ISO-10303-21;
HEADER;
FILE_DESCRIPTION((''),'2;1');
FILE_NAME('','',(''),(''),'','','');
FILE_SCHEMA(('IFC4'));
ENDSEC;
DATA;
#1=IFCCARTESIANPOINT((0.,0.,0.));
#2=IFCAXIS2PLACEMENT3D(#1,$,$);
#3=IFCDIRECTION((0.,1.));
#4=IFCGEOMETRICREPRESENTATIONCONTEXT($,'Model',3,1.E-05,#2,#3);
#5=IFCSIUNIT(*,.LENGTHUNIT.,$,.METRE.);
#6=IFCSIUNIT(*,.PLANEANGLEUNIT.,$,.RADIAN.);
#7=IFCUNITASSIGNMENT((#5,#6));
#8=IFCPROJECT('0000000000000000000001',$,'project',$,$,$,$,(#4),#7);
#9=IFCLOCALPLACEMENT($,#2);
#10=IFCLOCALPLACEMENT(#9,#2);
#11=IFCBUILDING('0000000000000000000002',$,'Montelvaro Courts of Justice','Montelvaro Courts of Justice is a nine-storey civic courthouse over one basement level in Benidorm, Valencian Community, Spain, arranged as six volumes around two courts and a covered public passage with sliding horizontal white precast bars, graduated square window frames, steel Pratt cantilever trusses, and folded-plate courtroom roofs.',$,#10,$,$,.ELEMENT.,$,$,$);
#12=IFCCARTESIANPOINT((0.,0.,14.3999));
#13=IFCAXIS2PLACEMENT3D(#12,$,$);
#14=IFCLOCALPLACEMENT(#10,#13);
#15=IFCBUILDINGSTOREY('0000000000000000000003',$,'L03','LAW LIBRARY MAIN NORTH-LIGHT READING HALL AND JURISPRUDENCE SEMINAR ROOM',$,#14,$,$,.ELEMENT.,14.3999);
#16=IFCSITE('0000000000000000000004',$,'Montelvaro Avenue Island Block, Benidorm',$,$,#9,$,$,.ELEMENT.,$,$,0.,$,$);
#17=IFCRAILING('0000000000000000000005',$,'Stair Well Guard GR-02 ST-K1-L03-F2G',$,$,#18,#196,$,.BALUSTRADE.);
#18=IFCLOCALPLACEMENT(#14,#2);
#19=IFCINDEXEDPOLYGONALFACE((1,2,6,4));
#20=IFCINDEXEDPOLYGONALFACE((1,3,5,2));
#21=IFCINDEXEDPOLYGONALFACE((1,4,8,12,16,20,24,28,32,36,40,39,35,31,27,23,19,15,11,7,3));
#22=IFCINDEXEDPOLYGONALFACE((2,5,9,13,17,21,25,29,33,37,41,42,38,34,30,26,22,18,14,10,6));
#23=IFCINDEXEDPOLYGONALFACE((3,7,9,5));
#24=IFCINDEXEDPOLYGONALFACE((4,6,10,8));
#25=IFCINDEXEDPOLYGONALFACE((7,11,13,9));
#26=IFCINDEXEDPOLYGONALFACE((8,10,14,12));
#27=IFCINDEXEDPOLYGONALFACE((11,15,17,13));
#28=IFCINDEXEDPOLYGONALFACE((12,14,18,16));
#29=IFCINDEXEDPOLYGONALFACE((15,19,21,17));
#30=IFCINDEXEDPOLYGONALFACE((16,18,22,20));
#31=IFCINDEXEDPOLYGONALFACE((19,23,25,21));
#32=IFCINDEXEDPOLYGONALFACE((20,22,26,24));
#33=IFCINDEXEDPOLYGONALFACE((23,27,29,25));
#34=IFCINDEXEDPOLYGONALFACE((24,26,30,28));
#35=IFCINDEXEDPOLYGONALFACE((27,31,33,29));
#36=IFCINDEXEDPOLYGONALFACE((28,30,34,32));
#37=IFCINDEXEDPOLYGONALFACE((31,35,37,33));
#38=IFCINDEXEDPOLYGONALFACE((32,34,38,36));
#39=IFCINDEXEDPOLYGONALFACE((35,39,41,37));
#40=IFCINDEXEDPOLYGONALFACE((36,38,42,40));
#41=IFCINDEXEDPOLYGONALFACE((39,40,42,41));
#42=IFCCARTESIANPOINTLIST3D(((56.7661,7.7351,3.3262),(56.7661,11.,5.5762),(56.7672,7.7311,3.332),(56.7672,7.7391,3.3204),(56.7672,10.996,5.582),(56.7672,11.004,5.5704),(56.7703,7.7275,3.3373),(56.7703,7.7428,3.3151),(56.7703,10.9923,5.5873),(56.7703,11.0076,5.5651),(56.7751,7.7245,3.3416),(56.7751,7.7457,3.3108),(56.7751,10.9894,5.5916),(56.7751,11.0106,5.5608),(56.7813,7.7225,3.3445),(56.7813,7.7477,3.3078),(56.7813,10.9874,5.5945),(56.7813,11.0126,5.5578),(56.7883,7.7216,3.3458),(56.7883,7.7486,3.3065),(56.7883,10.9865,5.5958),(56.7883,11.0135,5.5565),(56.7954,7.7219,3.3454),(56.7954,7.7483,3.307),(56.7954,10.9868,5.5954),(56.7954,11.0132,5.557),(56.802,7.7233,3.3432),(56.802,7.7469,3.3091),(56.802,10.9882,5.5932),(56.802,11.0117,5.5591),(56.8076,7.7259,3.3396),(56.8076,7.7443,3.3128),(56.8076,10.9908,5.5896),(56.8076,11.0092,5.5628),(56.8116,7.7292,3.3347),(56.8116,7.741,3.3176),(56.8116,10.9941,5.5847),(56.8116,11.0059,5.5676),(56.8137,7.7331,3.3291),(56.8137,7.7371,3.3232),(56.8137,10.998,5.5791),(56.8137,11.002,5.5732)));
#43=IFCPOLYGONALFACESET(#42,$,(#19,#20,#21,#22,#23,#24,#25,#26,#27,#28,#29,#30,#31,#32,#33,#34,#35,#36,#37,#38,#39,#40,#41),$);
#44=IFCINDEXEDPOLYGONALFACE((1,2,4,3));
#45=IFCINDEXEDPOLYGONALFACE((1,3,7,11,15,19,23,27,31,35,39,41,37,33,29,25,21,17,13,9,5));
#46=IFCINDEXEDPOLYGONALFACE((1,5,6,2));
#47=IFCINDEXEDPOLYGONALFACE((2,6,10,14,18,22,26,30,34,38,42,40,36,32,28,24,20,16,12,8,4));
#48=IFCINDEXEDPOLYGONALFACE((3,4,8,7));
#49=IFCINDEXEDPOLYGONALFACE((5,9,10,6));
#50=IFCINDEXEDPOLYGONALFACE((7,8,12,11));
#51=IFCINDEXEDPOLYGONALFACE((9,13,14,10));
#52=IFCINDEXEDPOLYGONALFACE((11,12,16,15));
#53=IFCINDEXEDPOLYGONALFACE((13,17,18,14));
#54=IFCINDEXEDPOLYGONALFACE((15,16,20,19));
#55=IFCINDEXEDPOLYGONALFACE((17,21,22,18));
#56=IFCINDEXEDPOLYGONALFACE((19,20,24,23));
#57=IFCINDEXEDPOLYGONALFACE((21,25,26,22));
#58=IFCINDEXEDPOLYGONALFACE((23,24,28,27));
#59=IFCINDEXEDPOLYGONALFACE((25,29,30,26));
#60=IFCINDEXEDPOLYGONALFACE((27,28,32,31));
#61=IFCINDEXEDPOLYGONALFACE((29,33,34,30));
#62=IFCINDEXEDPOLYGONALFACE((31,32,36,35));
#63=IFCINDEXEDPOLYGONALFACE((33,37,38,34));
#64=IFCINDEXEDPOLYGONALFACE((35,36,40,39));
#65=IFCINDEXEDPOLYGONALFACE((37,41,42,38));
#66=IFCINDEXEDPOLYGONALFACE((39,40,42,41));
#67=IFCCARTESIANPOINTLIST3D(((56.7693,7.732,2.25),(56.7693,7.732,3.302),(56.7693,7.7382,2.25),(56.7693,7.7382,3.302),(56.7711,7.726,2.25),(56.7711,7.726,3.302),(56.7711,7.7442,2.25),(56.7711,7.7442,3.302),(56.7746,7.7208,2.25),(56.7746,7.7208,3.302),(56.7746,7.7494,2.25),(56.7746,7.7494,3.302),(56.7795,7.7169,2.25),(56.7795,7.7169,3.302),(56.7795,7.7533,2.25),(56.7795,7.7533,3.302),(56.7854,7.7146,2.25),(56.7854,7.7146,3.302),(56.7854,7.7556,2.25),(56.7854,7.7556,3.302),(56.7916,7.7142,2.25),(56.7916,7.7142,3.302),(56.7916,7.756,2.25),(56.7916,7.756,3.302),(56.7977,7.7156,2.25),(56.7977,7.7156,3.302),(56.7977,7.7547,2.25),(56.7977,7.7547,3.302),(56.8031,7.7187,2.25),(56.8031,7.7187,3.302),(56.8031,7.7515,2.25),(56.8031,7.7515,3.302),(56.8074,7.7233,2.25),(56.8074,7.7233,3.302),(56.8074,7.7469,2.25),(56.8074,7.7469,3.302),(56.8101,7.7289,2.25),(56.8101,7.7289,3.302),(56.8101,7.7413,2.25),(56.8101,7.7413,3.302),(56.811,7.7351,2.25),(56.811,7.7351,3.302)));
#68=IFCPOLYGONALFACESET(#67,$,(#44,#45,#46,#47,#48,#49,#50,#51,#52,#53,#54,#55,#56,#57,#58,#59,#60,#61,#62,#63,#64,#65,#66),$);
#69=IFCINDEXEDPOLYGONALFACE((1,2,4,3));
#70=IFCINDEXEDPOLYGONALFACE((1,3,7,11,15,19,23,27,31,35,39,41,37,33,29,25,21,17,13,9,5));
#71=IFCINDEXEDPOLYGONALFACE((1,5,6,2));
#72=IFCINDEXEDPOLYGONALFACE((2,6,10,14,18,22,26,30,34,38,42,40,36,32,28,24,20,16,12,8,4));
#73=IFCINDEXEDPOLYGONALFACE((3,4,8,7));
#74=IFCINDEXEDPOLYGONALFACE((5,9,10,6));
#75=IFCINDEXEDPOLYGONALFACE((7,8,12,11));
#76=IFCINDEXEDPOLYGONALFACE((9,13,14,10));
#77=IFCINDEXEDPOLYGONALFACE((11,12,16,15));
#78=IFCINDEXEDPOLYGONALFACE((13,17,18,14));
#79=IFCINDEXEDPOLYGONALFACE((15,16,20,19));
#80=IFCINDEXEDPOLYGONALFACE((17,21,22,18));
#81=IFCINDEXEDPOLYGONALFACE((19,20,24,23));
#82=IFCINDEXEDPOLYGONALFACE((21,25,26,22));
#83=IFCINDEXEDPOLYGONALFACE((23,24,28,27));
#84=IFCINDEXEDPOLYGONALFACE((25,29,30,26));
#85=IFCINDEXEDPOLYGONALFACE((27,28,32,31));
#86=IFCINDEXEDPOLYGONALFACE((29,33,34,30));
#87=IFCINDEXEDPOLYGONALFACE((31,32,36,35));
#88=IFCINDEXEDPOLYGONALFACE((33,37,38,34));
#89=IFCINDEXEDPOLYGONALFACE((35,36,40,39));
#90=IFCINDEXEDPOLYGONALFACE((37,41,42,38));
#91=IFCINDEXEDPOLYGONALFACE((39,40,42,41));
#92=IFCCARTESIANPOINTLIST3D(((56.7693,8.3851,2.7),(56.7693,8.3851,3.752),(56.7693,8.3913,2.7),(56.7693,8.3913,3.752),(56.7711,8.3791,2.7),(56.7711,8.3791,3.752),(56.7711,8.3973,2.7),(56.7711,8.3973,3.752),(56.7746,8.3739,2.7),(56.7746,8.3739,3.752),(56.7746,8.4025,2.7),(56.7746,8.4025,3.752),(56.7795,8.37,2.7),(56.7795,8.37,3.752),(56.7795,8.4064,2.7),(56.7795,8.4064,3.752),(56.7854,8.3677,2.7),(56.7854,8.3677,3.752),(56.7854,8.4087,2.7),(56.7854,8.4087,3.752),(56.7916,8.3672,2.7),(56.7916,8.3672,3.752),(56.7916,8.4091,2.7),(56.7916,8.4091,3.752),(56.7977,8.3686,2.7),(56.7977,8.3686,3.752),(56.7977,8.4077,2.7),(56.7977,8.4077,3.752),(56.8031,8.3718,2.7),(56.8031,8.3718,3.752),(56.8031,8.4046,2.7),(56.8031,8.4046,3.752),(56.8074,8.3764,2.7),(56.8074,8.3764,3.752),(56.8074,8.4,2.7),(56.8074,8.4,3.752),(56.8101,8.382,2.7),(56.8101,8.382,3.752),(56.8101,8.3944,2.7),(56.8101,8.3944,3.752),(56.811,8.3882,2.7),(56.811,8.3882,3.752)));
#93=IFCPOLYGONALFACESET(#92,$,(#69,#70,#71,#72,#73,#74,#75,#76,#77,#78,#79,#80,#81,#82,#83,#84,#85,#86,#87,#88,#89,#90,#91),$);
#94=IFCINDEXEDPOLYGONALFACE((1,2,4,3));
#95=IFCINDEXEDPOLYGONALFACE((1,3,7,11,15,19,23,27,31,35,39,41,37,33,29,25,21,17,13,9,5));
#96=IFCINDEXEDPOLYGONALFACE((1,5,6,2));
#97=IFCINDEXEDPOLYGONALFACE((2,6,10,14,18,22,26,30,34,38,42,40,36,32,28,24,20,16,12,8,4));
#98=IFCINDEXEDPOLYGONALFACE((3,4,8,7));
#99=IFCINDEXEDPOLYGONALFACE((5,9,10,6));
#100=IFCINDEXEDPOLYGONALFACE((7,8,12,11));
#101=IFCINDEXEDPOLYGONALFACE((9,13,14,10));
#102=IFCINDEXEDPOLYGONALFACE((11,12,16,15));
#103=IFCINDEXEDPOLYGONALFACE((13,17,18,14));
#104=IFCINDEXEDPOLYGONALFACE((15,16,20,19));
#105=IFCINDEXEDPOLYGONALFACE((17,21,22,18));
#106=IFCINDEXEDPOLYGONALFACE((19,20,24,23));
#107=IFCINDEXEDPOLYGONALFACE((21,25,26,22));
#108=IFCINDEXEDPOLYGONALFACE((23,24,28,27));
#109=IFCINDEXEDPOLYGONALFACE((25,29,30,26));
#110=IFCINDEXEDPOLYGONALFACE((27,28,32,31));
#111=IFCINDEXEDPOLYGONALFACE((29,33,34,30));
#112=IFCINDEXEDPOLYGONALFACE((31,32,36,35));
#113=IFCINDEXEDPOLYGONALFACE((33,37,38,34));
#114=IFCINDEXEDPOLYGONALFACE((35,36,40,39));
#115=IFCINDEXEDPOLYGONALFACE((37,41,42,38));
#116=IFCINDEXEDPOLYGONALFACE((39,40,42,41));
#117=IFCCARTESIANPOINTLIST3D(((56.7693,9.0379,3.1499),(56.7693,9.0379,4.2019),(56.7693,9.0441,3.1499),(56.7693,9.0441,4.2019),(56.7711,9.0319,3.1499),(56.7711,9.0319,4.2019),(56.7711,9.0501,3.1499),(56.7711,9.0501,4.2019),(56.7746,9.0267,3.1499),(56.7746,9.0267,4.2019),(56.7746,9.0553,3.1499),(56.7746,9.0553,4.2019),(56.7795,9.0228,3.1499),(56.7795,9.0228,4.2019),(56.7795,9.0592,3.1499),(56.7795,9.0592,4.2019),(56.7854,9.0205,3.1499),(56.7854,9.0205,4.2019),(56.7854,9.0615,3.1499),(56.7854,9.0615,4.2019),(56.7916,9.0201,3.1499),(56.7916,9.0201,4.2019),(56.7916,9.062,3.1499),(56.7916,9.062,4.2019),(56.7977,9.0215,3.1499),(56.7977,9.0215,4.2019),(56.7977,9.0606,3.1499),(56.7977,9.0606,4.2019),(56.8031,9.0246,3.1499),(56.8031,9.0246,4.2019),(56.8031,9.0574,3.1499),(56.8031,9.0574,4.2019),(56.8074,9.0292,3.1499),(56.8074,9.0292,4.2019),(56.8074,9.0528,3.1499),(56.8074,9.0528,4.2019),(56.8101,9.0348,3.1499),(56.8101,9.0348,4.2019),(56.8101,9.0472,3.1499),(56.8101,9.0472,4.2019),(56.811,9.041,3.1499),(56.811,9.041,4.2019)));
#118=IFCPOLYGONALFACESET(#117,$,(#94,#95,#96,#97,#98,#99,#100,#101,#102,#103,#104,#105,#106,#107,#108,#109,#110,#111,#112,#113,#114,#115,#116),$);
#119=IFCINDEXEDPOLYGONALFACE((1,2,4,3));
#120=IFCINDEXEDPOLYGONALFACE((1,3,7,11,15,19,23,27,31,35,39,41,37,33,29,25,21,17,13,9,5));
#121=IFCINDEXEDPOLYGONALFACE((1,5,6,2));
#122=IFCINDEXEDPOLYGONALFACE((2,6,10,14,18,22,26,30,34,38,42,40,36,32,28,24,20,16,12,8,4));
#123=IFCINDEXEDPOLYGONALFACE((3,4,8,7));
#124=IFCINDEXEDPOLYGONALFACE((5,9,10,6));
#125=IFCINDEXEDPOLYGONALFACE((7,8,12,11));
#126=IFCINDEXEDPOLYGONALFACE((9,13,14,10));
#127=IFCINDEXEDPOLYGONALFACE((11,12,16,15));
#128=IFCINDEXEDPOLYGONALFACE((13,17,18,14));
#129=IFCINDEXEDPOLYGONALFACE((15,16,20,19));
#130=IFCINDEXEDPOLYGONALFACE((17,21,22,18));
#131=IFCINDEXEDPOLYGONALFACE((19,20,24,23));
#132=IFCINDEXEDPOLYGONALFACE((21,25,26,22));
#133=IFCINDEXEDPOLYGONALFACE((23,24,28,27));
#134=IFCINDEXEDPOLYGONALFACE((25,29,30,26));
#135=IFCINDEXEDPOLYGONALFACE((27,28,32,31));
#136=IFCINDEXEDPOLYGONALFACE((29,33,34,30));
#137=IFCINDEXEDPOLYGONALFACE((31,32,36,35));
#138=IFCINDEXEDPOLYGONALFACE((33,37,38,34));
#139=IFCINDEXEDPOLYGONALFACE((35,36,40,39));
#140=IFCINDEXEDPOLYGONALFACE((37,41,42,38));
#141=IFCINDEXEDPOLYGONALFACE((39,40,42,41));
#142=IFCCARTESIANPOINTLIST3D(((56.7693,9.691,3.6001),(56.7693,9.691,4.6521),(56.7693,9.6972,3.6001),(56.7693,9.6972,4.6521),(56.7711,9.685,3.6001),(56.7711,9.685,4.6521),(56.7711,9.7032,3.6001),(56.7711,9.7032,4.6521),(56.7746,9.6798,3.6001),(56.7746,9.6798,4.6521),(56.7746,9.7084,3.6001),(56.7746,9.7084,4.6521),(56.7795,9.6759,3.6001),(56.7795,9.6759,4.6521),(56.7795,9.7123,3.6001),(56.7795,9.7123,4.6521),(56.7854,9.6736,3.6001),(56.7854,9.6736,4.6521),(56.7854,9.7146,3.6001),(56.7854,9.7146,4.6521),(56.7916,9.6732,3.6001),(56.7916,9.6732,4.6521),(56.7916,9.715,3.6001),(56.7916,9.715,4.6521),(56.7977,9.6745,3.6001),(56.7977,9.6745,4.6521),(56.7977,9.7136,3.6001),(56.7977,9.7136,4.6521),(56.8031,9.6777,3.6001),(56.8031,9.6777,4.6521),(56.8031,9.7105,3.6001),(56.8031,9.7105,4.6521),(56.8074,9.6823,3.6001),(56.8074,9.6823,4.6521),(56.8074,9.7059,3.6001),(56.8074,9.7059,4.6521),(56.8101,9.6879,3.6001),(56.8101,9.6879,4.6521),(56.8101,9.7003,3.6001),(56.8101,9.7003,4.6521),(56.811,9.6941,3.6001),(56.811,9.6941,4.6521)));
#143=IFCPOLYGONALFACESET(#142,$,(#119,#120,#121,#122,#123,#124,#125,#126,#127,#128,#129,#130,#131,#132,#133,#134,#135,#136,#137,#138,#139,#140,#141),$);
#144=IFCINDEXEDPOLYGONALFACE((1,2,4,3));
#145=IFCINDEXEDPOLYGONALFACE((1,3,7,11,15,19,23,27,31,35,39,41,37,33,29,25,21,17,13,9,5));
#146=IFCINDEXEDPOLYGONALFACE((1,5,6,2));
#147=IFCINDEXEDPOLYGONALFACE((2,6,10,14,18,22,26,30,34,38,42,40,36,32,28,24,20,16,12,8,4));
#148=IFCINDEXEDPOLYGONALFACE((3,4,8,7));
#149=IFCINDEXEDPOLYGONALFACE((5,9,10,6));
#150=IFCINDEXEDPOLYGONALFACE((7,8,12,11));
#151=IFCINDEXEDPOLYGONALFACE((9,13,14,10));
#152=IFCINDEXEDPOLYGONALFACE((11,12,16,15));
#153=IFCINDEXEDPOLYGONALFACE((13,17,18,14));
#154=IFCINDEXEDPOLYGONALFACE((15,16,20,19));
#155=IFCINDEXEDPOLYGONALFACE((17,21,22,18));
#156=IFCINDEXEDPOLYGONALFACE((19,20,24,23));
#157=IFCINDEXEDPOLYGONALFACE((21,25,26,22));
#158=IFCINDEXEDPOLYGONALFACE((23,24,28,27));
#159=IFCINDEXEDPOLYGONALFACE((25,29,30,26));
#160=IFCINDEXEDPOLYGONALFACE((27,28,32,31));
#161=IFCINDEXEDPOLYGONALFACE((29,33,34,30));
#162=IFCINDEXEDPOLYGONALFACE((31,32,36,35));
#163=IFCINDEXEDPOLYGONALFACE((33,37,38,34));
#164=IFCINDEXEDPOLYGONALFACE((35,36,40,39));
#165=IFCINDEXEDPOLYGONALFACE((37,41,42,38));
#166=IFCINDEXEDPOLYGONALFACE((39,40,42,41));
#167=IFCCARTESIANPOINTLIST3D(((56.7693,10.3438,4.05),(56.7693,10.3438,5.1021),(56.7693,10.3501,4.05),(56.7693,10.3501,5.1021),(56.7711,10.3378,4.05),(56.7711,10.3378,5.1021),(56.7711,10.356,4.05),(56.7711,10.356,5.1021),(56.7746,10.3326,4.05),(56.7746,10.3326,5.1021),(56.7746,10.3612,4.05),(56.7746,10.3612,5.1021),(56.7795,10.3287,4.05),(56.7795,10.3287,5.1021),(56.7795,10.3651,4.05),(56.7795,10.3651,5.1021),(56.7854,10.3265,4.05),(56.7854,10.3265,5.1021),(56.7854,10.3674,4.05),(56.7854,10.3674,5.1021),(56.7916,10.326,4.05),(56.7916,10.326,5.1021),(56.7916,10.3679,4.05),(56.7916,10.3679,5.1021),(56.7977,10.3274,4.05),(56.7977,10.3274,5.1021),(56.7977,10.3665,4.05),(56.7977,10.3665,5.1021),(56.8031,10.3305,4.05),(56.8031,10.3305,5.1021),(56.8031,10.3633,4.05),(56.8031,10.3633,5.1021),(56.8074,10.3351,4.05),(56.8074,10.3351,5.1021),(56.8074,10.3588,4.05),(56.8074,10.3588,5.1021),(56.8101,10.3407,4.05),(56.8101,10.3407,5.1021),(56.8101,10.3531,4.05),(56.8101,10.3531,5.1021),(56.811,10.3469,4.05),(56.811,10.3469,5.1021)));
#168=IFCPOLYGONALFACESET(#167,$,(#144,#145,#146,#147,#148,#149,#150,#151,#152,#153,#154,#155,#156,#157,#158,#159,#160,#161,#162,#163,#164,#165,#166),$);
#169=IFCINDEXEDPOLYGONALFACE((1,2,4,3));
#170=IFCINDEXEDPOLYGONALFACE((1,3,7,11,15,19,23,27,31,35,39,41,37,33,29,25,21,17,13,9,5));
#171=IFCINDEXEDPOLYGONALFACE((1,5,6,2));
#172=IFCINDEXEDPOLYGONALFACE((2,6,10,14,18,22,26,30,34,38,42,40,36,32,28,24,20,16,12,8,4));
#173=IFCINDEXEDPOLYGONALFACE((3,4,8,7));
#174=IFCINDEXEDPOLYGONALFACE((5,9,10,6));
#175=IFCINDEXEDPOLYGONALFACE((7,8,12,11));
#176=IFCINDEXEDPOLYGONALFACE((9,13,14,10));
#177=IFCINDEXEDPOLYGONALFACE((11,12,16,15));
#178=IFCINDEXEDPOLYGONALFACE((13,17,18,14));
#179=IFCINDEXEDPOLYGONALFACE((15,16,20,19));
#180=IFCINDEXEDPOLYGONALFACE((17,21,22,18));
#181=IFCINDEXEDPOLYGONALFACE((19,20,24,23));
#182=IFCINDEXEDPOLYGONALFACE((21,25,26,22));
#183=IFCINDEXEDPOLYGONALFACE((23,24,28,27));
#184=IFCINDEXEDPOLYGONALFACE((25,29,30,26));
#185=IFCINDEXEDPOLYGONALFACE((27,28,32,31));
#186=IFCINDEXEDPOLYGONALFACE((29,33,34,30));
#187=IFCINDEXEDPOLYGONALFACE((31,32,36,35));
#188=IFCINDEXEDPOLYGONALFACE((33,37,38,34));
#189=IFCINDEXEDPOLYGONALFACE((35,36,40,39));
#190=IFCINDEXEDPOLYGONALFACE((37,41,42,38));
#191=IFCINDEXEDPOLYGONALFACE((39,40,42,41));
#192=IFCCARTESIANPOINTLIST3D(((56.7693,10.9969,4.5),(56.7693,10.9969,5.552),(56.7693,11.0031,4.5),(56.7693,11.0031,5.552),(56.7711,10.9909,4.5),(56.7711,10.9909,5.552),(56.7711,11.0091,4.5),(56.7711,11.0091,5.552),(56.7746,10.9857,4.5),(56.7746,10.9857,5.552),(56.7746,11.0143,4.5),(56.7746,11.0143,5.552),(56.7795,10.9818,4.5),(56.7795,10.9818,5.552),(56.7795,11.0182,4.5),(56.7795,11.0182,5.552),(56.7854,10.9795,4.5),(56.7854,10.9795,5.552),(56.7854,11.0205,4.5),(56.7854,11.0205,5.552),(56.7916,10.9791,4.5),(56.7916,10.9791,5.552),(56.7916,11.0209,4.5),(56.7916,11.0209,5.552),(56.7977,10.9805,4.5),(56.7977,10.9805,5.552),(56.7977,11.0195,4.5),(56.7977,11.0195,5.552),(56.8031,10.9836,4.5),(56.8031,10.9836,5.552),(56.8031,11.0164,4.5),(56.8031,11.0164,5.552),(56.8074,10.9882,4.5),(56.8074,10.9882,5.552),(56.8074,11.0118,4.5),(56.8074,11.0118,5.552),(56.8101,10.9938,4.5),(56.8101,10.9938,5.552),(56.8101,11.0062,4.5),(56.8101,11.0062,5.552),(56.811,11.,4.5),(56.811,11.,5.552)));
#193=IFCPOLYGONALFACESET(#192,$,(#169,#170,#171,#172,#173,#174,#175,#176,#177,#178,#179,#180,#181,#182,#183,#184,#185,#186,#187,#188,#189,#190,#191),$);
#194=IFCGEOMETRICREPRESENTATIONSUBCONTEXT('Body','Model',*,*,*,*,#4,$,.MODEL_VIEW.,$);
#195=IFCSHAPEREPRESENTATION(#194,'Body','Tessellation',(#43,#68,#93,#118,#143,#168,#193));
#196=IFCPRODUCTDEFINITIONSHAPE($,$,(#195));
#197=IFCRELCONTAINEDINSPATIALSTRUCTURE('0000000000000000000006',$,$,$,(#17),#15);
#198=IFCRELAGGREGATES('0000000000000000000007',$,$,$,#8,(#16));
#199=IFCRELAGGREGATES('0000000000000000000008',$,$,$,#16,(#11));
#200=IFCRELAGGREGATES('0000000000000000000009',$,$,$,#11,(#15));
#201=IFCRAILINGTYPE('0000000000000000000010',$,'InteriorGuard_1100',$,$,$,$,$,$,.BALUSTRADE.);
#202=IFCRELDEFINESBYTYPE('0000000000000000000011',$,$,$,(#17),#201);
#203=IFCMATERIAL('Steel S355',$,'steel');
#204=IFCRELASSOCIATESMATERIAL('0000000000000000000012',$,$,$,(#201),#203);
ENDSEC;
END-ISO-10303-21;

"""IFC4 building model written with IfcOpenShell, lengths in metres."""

from ifc_helpers import new_model, si_unit, direction, frame, origin, origin_2d, place, context, subcontext, project, spatial, circle, extrude, material, type_object, element, save


model = new_model("IFC4")

# Units and contexts
model_context = context("Model", 3, precision=1e-05, world=origin(), true_north=direction((0.0, 1.0)))
body_context = subcontext(model_context, "Body", "Model", "MODEL_VIEW")
ifc_project = project(units=[si_unit("LENGTHUNIT", "METRE"), si_unit("PLANEANGLEUNIT", "RADIAN")], contexts=[model_context])

# Site, building, storey
site_placement = place(None, origin())
site = spatial("IfcSite", under=ifc_project, at=site_placement, Name="Montelvaro Avenue Island Block, Benidorm", CompositionType="ELEMENT", RefElevation=0.0)
building_placement = place(site_placement, origin())
building = spatial("IfcBuilding", under=site, at=building_placement, Name="Montelvaro Courts of Justice", Description="Montelvaro Courts of Justice is a nine-storey civic courthouse over one basement level in Benidorm, Valencian Community, Spain, arranged as six volumes around two courts and a covered public passage with sliding horizontal white precast bars, graduated square window frames, steel Pratt cantilever trusses, and folded-plate courtroom roofs.", CompositionType="ELEMENT")
storey_placement = place(building_placement, frame((0.0, 0.0, 14.3999)))
storey = spatial("IfcBuildingStorey", under=building, at=storey_placement, Name="L03", Description="LAW LIBRARY MAIN NORTH-LIGHT READING HALL AND JURISPRUDENCE SEMINAR ROOM", CompositionType="ELEMENT", Elevation=14.3999)

# Shared definitions
ifc_material_1 = material(Name="Steel S355", Category="steel")

# Railing
railing_type_1 = type_object("IfcRailingType", Name="InteriorGuard_1100", PredefinedType="BALUSTRADE", material=ifc_material_1)
railing_1_placement = place(storey_placement, frame((56.79, 7.7351, 2.25)))
element("IfcRailing", 1, at=railing_1_placement, inside=storey, type_object=railing_type_1, Name="Stair Well Guard GR-02 ST-K1-L03-F2G", PredefinedType="BALUSTRADE", context=body_context, shape_type="SweptSolid", body=[
    extrude(circle(Radius=0.0239, at=origin_2d()), frame((0.0, 0.0, 1.0762), z_axis=(0.0, 0.823407, 0.567451), x_axis=(-1.0, 0.0, 0.0)), (0.0, 0.0, 1.0), 3.9651),
    extrude(circle(Radius=0.021, at=origin_2d()), origin(), (0.0, 0.0, 1.0), 1.052),
    extrude(circle(Radius=0.021, at=origin_2d()), frame((0.0, 0.6531, 0.45)), (0.0, 0.0, 1.0), 1.052),
    extrude(circle(Radius=0.021, at=origin_2d()), frame((0.0, 1.3059, 0.8999)), (0.0, 0.0, 1.0), 1.052),
    extrude(circle(Radius=0.021, at=origin_2d()), frame((0.0, 1.959, 1.3501)), (0.0, 0.0, 1.0), 1.052),
    extrude(circle(Radius=0.021, at=origin_2d()), frame((0.0, 2.6118, 1.8)), (0.0, 0.0, 1.0), 1.052),
    extrude(circle(Radius=0.021, at=origin_2d()), frame((0.0, 3.2649, 2.25)), (0.0, 0.0, 1.0), 1.052),
])

save(model, "model.ifc")
